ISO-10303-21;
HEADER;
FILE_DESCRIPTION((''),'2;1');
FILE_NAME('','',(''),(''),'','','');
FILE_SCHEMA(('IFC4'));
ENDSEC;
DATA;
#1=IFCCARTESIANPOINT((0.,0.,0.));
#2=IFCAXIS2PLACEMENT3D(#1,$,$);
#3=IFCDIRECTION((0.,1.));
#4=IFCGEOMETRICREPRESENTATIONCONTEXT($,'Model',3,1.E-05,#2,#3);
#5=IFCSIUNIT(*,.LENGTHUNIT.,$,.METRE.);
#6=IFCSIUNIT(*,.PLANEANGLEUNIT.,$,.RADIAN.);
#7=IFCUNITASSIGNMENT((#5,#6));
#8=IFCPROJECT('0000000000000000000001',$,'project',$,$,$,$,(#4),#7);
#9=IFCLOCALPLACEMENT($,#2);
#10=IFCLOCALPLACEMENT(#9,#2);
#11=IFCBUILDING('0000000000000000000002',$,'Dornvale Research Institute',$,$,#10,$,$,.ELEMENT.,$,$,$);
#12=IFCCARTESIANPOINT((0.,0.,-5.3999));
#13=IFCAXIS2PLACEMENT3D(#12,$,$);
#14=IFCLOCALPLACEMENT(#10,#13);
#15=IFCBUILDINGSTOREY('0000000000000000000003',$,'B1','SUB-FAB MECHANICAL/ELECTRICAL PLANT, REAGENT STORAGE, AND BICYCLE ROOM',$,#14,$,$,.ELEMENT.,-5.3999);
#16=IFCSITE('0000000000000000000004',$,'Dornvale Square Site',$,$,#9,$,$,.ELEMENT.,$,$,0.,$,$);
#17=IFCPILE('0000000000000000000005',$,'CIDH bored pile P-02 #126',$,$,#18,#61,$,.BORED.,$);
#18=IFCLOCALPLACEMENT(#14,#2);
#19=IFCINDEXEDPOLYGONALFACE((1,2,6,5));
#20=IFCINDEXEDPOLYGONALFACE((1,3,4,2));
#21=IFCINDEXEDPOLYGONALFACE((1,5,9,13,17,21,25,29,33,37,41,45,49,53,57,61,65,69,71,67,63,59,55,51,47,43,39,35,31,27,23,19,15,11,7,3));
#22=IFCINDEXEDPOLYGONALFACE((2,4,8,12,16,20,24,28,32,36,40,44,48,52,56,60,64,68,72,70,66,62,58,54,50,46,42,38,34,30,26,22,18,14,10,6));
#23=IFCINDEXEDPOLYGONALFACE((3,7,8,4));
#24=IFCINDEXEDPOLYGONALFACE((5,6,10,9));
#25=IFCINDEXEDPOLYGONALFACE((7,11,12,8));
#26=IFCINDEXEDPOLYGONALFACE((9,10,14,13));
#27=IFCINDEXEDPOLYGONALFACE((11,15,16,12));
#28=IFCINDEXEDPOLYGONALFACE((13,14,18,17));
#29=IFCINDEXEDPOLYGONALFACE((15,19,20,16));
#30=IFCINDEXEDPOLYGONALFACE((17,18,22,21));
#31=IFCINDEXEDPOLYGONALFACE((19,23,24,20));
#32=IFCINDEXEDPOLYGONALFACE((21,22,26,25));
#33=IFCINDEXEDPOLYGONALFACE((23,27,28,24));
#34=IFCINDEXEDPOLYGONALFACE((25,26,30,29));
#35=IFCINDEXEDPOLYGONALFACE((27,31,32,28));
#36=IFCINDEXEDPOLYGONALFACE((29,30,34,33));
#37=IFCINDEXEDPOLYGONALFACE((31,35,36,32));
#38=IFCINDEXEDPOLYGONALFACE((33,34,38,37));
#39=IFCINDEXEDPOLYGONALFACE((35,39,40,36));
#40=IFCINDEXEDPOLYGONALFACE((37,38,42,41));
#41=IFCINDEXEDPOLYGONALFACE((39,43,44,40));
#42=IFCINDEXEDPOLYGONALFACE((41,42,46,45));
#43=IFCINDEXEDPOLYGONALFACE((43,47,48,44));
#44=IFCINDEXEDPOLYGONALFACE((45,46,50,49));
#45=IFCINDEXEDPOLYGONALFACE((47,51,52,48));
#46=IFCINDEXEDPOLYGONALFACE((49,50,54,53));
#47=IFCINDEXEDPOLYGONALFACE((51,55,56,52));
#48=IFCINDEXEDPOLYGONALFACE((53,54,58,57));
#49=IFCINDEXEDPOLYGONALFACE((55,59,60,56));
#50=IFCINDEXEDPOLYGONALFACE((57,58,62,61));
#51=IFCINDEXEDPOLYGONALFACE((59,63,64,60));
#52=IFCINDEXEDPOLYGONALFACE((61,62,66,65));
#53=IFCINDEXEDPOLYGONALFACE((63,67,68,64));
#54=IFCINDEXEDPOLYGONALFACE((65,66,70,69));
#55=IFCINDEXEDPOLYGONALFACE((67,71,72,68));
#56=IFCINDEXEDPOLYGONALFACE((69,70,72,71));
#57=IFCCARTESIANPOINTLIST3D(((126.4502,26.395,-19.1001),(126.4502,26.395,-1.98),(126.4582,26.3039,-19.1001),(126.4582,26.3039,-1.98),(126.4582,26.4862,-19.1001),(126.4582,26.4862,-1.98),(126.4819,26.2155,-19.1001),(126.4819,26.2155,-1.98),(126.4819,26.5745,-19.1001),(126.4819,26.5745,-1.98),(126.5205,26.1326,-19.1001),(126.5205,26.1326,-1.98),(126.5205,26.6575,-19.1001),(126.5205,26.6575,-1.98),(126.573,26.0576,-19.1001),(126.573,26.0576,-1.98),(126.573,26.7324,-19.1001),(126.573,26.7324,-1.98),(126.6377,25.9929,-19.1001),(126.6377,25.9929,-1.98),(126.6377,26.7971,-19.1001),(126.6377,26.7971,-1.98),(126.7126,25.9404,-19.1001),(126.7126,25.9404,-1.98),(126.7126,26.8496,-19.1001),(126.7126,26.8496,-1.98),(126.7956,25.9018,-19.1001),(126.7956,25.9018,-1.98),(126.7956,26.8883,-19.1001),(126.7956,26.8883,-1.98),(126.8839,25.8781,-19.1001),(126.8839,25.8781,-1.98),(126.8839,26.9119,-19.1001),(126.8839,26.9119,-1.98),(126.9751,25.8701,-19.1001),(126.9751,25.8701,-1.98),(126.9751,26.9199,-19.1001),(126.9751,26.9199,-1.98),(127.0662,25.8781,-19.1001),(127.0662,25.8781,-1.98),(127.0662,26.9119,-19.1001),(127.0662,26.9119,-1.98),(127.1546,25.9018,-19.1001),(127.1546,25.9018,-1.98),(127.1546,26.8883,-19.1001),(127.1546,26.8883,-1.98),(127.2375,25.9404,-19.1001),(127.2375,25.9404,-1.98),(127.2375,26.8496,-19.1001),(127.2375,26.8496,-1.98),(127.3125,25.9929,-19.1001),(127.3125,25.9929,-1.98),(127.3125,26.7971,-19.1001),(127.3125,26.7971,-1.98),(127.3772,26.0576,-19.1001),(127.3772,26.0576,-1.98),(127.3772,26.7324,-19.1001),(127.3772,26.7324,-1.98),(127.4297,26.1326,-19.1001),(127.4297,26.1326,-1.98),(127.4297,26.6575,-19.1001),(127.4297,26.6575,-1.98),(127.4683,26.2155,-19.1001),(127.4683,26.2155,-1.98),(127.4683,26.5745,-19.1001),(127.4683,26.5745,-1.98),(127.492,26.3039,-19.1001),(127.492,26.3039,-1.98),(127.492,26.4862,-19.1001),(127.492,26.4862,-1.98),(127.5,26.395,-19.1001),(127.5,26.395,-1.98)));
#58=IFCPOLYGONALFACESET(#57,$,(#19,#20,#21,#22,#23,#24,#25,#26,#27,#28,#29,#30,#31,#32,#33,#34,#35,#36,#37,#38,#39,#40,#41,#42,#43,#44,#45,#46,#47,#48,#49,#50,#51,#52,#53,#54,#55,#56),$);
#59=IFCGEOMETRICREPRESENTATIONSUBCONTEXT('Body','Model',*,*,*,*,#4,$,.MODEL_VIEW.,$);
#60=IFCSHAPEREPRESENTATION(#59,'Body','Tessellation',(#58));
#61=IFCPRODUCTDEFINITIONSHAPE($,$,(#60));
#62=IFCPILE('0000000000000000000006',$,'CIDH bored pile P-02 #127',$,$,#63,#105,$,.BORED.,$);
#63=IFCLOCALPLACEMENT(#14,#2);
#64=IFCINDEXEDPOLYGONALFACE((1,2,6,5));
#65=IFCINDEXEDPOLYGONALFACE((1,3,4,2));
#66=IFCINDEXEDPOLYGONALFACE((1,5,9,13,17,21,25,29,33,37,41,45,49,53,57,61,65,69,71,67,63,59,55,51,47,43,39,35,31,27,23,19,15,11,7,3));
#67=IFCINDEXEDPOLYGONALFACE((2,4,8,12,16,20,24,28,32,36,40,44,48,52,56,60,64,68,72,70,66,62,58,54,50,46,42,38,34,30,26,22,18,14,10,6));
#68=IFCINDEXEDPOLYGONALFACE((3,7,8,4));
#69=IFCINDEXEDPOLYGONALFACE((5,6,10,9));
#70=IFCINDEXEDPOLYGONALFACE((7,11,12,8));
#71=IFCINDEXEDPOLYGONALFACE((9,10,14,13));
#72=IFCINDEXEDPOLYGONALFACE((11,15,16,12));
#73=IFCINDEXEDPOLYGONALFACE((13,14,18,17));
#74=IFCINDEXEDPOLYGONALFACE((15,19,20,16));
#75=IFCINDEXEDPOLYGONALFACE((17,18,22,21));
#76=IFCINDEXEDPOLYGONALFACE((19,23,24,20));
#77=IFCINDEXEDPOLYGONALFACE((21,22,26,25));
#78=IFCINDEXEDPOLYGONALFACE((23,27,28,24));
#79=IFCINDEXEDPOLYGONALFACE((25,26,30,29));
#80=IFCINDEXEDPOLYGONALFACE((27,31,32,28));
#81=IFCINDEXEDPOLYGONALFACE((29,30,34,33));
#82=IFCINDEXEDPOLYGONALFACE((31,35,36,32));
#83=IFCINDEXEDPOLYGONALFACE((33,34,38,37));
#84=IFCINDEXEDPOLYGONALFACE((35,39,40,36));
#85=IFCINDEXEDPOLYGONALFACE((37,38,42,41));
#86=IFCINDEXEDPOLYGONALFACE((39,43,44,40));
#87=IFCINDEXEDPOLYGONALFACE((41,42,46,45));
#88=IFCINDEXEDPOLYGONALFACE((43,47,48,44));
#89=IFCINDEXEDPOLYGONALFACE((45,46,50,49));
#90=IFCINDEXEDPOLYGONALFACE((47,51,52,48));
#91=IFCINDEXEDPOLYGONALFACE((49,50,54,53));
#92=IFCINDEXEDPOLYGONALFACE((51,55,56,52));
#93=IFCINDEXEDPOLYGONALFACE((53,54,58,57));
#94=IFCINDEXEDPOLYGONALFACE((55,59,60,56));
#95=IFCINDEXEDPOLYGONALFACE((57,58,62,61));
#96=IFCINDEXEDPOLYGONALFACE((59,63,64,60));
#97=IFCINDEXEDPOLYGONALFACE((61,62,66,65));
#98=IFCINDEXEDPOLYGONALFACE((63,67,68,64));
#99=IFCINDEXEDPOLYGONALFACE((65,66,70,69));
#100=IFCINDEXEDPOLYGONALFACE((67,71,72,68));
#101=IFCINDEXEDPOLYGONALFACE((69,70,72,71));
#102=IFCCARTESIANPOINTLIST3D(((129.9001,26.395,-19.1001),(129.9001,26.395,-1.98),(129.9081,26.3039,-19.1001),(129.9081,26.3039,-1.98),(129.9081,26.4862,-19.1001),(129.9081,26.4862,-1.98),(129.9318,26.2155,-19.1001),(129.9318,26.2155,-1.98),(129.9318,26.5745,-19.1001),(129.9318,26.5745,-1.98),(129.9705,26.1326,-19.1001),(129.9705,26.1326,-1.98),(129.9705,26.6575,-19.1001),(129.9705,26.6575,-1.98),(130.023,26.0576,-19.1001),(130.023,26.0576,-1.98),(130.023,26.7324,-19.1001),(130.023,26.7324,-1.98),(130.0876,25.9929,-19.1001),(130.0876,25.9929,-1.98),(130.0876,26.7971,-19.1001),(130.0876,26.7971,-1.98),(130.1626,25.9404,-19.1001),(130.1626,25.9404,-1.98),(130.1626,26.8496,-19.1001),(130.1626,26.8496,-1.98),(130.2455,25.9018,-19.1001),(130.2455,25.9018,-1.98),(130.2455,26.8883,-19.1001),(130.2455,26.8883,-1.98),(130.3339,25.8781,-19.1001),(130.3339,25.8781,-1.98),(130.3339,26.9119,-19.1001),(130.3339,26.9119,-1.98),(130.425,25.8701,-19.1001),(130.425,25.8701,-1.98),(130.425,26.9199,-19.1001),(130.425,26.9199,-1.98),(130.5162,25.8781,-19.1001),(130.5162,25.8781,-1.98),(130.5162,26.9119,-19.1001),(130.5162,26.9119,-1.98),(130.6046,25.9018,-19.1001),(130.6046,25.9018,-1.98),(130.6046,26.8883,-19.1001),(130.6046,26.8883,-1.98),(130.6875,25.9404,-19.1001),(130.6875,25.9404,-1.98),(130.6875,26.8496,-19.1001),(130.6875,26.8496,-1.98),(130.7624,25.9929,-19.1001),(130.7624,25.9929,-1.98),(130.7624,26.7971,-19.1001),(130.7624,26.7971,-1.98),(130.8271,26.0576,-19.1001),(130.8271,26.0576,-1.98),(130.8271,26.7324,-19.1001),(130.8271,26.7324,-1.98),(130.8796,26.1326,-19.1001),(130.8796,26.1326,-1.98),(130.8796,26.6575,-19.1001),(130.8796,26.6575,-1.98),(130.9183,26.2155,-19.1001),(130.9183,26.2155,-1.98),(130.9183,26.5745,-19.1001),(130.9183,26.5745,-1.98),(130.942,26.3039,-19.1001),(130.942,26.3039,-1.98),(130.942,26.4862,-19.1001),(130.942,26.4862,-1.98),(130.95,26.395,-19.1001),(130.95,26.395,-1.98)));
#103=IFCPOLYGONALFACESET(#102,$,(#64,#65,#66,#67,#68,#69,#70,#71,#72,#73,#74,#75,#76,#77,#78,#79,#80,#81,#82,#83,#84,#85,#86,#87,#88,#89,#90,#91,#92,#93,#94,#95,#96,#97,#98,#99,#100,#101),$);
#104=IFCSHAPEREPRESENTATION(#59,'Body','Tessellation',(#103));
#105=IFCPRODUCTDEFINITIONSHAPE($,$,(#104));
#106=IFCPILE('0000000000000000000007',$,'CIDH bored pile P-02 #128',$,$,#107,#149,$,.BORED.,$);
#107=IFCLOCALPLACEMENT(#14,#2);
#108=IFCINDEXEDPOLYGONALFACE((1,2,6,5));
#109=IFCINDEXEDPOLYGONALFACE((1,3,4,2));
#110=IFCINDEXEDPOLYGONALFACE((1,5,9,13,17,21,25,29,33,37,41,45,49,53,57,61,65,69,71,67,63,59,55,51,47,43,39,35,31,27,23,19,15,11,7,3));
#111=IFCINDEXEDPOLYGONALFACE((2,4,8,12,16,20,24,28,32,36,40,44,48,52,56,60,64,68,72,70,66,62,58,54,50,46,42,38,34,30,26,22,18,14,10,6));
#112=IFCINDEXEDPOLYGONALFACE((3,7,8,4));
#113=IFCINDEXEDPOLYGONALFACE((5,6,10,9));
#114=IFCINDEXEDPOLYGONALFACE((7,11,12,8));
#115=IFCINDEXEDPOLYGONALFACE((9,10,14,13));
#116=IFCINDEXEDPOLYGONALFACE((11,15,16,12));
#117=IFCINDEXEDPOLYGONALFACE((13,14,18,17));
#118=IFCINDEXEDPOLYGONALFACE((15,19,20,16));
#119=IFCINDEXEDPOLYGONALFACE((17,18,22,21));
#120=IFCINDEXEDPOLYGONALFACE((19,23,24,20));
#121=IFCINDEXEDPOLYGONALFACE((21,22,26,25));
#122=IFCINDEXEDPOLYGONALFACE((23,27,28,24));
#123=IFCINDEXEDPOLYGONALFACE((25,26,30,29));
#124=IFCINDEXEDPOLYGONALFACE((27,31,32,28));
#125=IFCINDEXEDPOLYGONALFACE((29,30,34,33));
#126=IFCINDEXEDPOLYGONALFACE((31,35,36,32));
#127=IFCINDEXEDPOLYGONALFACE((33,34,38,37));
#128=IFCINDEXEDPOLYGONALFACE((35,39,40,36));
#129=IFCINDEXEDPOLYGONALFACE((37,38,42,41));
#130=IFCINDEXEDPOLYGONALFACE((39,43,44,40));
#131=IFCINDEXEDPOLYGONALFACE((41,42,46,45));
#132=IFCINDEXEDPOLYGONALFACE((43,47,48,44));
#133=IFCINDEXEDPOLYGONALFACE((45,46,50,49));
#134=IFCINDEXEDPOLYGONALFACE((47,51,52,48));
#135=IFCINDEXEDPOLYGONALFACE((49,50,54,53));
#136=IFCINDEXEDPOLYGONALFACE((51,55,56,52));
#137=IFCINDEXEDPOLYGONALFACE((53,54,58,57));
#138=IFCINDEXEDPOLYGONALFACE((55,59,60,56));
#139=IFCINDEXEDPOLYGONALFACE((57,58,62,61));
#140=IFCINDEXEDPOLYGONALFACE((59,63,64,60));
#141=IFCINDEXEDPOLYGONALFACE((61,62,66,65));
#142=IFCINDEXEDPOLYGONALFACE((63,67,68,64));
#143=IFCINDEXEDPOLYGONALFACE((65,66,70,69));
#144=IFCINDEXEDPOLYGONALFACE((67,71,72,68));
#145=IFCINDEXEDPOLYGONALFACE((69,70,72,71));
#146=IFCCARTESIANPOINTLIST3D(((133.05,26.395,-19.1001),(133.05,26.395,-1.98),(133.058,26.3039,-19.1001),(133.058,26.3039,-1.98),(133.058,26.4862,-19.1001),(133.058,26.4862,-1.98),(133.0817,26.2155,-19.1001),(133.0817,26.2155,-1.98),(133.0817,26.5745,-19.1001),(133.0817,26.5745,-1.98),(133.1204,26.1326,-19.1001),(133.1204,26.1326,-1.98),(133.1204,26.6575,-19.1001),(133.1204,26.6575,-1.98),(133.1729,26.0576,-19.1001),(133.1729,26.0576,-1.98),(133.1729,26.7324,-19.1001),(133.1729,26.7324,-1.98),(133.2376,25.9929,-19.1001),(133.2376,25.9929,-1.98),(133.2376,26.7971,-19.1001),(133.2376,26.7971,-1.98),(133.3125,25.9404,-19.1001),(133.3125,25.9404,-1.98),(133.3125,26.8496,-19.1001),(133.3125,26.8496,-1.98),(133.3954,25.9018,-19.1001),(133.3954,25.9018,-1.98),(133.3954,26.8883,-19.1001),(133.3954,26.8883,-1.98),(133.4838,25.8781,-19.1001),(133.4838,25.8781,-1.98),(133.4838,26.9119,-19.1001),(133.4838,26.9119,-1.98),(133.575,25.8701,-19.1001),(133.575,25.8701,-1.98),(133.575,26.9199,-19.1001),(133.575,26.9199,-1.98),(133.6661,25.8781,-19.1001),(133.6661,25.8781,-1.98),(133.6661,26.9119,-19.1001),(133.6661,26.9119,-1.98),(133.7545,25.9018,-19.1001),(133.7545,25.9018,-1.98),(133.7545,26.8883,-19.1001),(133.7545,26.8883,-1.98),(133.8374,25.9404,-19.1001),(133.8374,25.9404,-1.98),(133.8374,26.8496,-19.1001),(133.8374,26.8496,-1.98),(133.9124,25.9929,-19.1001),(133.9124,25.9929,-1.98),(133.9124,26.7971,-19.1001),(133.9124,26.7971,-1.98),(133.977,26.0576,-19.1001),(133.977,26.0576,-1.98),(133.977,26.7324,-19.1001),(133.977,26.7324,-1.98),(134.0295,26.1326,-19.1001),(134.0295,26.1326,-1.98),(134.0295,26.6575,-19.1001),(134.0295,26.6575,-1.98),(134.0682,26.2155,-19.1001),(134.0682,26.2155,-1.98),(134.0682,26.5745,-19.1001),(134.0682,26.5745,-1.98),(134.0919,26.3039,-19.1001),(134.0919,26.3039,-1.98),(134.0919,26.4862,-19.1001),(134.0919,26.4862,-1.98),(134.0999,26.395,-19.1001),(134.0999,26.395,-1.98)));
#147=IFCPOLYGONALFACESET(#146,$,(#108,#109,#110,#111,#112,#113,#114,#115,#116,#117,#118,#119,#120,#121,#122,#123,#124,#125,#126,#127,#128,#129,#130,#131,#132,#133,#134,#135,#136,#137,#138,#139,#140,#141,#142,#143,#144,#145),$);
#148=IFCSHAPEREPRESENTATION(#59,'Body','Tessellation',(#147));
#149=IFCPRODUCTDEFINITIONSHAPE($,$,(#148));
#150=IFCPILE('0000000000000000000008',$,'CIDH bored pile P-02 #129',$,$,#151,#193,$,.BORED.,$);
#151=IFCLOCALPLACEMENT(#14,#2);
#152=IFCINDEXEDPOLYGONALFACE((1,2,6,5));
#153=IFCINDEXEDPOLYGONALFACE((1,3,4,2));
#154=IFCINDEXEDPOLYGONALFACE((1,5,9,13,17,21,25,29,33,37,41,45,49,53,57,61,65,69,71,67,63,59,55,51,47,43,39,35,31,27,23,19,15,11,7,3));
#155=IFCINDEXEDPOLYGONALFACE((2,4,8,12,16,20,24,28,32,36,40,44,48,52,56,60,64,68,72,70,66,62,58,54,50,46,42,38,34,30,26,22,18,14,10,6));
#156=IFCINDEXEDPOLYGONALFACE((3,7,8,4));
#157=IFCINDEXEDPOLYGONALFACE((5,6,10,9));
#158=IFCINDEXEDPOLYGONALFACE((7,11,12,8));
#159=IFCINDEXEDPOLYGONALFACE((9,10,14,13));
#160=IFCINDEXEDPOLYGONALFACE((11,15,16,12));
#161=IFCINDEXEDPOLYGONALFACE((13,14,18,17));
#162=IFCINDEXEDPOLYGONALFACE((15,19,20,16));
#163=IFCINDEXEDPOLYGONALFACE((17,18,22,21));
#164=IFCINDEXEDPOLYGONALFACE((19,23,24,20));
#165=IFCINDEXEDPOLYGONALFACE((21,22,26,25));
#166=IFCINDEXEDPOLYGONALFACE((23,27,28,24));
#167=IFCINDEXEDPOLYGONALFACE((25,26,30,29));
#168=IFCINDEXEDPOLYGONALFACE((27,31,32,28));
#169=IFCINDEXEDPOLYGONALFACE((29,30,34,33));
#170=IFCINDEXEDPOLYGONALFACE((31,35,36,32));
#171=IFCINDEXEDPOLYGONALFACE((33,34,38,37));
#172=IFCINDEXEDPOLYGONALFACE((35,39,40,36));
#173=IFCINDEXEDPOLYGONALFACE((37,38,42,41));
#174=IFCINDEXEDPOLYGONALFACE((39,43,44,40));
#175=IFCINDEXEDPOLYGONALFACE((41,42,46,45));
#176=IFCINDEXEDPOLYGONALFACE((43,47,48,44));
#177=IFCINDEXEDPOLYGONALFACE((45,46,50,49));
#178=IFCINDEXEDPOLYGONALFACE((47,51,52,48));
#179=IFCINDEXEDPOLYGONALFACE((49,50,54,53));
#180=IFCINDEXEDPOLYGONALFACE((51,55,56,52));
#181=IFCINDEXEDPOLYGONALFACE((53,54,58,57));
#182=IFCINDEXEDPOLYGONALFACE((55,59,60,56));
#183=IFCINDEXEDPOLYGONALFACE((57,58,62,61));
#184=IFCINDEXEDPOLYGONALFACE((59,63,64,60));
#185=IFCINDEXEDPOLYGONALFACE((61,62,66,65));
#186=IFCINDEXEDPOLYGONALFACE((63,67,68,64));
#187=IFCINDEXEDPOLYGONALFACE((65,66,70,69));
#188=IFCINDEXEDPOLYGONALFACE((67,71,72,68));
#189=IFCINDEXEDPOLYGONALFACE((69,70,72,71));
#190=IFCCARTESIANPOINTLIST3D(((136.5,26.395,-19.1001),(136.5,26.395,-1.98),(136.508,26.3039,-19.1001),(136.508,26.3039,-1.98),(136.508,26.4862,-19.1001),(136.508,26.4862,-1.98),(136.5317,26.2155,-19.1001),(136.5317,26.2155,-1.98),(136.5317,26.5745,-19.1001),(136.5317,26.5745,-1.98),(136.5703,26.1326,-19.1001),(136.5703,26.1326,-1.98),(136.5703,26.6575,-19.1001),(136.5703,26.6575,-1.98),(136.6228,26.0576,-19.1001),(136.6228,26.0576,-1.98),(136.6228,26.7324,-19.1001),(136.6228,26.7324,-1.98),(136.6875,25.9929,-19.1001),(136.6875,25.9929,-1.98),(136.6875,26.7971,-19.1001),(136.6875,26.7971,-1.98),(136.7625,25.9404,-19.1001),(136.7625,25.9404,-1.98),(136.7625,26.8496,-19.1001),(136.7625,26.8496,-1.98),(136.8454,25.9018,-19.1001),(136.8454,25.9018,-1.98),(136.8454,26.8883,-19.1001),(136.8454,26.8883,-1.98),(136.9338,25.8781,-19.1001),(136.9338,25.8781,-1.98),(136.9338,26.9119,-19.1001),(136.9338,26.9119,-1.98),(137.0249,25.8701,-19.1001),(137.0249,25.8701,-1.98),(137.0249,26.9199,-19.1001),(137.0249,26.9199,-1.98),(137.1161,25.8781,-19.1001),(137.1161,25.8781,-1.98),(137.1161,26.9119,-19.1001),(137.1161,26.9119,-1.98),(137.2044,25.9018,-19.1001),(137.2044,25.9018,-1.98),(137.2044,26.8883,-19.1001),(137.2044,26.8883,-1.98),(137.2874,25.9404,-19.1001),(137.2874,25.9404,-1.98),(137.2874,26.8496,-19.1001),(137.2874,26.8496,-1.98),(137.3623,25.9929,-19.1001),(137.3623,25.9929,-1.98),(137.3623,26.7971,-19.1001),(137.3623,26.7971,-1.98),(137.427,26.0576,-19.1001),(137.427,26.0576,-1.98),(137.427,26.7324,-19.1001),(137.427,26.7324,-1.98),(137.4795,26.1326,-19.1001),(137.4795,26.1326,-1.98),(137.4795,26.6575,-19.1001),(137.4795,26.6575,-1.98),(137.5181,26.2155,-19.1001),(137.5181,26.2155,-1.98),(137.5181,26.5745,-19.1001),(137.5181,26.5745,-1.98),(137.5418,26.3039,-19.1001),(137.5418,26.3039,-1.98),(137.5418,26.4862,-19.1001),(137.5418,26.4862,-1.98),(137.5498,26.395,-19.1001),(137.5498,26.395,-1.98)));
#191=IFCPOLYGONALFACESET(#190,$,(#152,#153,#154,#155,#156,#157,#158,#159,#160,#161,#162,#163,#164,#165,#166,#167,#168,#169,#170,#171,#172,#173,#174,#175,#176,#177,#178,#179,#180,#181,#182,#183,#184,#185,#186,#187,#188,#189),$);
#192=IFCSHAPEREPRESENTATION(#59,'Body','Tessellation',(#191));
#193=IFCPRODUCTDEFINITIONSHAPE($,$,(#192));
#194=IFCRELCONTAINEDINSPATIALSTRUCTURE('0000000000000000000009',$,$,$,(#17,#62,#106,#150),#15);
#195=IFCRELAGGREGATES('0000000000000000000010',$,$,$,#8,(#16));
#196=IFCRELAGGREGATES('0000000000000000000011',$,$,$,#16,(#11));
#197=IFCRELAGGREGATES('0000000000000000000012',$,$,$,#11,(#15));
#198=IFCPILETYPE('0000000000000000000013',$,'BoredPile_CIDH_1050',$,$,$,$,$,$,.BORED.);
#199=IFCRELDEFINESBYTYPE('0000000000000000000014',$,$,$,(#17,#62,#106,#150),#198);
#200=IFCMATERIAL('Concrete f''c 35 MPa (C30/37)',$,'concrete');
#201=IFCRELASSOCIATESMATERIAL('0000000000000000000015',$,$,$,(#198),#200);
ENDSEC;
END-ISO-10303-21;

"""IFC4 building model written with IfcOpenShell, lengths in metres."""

from ifc_helpers import new_model, si_unit, direction, frame, origin, origin_2d, place, context, subcontext, project, spatial, circle, extrude, material, material_profile, profile_set, type_object, element, save


model = new_model("IFC4")

# Units and contexts
model_context = context("Model", 3, precision=1e-05, world=origin(), true_north=direction((0.0, 1.0)))
body_context = subcontext(model_context, "Body", "Model", "MODEL_VIEW")
ifc_project = project(units=[si_unit("LENGTHUNIT", "METRE"), si_unit("PLANEANGLEUNIT", "RADIAN")], contexts=[model_context])

# Site, building, storey
site_placement = place(None, origin())
site = spatial("IfcSite", under=ifc_project, at=site_placement, Name="Dornvale Square Site", CompositionType="ELEMENT", RefElevation=0.0)
building_placement = place(site_placement, origin())
building = spatial("IfcBuilding", under=site, at=building_placement, Name="Dornvale Research Institute", CompositionType="ELEMENT")
storey_placement = place(building_placement, frame((0.0, 0.0, -5.3999)))
storey = spatial("IfcBuildingStorey", under=building, at=storey_placement, Name="B1", Description="SUB-FAB MECHANICAL/ELECTRICAL PLANT, REAGENT STORAGE, AND BICYCLE ROOM", CompositionType="ELEMENT", Elevation=-5.3999)

# Piles
ifc_material_1 = material(Name="Concrete f'c 35 MPa (C30/37)", Category="concrete")
ifc_material_profile_1 = material_profile(ifc_material_1, circle(Radius=0.5249, at=origin_2d()), Name="CIDH PILE D1050")
ifc_profile_set_1 = profile_set([ifc_material_profile_1], Name="Concrete f'c 35 MPa (C30/37)")
pile_type_1 = type_object("IfcPileType", Name="BoredPile_CIDH_1050", PredefinedType="BORED", material=ifc_profile_set_1)
for number, where, z_axis, x_axis, name in (
    (1, (126.9751, 26.395, -1.98), (0.0, 0.0, -1.0), (1.0, 0.0, 0.0), "CIDH bored pile P-02 #126"),
    (2, (130.425, 26.395, -1.98), (0.0, 0.0, -1.0), (1.0, 0.0, 0.0), "CIDH bored pile P-02 #127"),
    (3, (133.575, 26.395, -1.98), (0.0, 0.0, -1.0), (1.0, 0.0, 0.0), "CIDH bored pile P-02 #128"),
    (4, (137.0249, 26.395, -1.98), (0.0, 0.0, -1.0), (1.0, 0.0, 0.0), "CIDH bored pile P-02 #129"),
):
    element("IfcPile", number, at=place(storey_placement, frame(where, z_axis=z_axis, x_axis=x_axis)), inside=storey, type_object=pile_type_1, Name=name, PredefinedType="BORED", context=body_context, shape_type="SweptSolid", body=[
        extrude(circle(Radius=0.5249, at=origin_2d()), origin(), (0.0, 0.0, 1.0), 17.1201),
    ])

save(model, "model.ifc")
